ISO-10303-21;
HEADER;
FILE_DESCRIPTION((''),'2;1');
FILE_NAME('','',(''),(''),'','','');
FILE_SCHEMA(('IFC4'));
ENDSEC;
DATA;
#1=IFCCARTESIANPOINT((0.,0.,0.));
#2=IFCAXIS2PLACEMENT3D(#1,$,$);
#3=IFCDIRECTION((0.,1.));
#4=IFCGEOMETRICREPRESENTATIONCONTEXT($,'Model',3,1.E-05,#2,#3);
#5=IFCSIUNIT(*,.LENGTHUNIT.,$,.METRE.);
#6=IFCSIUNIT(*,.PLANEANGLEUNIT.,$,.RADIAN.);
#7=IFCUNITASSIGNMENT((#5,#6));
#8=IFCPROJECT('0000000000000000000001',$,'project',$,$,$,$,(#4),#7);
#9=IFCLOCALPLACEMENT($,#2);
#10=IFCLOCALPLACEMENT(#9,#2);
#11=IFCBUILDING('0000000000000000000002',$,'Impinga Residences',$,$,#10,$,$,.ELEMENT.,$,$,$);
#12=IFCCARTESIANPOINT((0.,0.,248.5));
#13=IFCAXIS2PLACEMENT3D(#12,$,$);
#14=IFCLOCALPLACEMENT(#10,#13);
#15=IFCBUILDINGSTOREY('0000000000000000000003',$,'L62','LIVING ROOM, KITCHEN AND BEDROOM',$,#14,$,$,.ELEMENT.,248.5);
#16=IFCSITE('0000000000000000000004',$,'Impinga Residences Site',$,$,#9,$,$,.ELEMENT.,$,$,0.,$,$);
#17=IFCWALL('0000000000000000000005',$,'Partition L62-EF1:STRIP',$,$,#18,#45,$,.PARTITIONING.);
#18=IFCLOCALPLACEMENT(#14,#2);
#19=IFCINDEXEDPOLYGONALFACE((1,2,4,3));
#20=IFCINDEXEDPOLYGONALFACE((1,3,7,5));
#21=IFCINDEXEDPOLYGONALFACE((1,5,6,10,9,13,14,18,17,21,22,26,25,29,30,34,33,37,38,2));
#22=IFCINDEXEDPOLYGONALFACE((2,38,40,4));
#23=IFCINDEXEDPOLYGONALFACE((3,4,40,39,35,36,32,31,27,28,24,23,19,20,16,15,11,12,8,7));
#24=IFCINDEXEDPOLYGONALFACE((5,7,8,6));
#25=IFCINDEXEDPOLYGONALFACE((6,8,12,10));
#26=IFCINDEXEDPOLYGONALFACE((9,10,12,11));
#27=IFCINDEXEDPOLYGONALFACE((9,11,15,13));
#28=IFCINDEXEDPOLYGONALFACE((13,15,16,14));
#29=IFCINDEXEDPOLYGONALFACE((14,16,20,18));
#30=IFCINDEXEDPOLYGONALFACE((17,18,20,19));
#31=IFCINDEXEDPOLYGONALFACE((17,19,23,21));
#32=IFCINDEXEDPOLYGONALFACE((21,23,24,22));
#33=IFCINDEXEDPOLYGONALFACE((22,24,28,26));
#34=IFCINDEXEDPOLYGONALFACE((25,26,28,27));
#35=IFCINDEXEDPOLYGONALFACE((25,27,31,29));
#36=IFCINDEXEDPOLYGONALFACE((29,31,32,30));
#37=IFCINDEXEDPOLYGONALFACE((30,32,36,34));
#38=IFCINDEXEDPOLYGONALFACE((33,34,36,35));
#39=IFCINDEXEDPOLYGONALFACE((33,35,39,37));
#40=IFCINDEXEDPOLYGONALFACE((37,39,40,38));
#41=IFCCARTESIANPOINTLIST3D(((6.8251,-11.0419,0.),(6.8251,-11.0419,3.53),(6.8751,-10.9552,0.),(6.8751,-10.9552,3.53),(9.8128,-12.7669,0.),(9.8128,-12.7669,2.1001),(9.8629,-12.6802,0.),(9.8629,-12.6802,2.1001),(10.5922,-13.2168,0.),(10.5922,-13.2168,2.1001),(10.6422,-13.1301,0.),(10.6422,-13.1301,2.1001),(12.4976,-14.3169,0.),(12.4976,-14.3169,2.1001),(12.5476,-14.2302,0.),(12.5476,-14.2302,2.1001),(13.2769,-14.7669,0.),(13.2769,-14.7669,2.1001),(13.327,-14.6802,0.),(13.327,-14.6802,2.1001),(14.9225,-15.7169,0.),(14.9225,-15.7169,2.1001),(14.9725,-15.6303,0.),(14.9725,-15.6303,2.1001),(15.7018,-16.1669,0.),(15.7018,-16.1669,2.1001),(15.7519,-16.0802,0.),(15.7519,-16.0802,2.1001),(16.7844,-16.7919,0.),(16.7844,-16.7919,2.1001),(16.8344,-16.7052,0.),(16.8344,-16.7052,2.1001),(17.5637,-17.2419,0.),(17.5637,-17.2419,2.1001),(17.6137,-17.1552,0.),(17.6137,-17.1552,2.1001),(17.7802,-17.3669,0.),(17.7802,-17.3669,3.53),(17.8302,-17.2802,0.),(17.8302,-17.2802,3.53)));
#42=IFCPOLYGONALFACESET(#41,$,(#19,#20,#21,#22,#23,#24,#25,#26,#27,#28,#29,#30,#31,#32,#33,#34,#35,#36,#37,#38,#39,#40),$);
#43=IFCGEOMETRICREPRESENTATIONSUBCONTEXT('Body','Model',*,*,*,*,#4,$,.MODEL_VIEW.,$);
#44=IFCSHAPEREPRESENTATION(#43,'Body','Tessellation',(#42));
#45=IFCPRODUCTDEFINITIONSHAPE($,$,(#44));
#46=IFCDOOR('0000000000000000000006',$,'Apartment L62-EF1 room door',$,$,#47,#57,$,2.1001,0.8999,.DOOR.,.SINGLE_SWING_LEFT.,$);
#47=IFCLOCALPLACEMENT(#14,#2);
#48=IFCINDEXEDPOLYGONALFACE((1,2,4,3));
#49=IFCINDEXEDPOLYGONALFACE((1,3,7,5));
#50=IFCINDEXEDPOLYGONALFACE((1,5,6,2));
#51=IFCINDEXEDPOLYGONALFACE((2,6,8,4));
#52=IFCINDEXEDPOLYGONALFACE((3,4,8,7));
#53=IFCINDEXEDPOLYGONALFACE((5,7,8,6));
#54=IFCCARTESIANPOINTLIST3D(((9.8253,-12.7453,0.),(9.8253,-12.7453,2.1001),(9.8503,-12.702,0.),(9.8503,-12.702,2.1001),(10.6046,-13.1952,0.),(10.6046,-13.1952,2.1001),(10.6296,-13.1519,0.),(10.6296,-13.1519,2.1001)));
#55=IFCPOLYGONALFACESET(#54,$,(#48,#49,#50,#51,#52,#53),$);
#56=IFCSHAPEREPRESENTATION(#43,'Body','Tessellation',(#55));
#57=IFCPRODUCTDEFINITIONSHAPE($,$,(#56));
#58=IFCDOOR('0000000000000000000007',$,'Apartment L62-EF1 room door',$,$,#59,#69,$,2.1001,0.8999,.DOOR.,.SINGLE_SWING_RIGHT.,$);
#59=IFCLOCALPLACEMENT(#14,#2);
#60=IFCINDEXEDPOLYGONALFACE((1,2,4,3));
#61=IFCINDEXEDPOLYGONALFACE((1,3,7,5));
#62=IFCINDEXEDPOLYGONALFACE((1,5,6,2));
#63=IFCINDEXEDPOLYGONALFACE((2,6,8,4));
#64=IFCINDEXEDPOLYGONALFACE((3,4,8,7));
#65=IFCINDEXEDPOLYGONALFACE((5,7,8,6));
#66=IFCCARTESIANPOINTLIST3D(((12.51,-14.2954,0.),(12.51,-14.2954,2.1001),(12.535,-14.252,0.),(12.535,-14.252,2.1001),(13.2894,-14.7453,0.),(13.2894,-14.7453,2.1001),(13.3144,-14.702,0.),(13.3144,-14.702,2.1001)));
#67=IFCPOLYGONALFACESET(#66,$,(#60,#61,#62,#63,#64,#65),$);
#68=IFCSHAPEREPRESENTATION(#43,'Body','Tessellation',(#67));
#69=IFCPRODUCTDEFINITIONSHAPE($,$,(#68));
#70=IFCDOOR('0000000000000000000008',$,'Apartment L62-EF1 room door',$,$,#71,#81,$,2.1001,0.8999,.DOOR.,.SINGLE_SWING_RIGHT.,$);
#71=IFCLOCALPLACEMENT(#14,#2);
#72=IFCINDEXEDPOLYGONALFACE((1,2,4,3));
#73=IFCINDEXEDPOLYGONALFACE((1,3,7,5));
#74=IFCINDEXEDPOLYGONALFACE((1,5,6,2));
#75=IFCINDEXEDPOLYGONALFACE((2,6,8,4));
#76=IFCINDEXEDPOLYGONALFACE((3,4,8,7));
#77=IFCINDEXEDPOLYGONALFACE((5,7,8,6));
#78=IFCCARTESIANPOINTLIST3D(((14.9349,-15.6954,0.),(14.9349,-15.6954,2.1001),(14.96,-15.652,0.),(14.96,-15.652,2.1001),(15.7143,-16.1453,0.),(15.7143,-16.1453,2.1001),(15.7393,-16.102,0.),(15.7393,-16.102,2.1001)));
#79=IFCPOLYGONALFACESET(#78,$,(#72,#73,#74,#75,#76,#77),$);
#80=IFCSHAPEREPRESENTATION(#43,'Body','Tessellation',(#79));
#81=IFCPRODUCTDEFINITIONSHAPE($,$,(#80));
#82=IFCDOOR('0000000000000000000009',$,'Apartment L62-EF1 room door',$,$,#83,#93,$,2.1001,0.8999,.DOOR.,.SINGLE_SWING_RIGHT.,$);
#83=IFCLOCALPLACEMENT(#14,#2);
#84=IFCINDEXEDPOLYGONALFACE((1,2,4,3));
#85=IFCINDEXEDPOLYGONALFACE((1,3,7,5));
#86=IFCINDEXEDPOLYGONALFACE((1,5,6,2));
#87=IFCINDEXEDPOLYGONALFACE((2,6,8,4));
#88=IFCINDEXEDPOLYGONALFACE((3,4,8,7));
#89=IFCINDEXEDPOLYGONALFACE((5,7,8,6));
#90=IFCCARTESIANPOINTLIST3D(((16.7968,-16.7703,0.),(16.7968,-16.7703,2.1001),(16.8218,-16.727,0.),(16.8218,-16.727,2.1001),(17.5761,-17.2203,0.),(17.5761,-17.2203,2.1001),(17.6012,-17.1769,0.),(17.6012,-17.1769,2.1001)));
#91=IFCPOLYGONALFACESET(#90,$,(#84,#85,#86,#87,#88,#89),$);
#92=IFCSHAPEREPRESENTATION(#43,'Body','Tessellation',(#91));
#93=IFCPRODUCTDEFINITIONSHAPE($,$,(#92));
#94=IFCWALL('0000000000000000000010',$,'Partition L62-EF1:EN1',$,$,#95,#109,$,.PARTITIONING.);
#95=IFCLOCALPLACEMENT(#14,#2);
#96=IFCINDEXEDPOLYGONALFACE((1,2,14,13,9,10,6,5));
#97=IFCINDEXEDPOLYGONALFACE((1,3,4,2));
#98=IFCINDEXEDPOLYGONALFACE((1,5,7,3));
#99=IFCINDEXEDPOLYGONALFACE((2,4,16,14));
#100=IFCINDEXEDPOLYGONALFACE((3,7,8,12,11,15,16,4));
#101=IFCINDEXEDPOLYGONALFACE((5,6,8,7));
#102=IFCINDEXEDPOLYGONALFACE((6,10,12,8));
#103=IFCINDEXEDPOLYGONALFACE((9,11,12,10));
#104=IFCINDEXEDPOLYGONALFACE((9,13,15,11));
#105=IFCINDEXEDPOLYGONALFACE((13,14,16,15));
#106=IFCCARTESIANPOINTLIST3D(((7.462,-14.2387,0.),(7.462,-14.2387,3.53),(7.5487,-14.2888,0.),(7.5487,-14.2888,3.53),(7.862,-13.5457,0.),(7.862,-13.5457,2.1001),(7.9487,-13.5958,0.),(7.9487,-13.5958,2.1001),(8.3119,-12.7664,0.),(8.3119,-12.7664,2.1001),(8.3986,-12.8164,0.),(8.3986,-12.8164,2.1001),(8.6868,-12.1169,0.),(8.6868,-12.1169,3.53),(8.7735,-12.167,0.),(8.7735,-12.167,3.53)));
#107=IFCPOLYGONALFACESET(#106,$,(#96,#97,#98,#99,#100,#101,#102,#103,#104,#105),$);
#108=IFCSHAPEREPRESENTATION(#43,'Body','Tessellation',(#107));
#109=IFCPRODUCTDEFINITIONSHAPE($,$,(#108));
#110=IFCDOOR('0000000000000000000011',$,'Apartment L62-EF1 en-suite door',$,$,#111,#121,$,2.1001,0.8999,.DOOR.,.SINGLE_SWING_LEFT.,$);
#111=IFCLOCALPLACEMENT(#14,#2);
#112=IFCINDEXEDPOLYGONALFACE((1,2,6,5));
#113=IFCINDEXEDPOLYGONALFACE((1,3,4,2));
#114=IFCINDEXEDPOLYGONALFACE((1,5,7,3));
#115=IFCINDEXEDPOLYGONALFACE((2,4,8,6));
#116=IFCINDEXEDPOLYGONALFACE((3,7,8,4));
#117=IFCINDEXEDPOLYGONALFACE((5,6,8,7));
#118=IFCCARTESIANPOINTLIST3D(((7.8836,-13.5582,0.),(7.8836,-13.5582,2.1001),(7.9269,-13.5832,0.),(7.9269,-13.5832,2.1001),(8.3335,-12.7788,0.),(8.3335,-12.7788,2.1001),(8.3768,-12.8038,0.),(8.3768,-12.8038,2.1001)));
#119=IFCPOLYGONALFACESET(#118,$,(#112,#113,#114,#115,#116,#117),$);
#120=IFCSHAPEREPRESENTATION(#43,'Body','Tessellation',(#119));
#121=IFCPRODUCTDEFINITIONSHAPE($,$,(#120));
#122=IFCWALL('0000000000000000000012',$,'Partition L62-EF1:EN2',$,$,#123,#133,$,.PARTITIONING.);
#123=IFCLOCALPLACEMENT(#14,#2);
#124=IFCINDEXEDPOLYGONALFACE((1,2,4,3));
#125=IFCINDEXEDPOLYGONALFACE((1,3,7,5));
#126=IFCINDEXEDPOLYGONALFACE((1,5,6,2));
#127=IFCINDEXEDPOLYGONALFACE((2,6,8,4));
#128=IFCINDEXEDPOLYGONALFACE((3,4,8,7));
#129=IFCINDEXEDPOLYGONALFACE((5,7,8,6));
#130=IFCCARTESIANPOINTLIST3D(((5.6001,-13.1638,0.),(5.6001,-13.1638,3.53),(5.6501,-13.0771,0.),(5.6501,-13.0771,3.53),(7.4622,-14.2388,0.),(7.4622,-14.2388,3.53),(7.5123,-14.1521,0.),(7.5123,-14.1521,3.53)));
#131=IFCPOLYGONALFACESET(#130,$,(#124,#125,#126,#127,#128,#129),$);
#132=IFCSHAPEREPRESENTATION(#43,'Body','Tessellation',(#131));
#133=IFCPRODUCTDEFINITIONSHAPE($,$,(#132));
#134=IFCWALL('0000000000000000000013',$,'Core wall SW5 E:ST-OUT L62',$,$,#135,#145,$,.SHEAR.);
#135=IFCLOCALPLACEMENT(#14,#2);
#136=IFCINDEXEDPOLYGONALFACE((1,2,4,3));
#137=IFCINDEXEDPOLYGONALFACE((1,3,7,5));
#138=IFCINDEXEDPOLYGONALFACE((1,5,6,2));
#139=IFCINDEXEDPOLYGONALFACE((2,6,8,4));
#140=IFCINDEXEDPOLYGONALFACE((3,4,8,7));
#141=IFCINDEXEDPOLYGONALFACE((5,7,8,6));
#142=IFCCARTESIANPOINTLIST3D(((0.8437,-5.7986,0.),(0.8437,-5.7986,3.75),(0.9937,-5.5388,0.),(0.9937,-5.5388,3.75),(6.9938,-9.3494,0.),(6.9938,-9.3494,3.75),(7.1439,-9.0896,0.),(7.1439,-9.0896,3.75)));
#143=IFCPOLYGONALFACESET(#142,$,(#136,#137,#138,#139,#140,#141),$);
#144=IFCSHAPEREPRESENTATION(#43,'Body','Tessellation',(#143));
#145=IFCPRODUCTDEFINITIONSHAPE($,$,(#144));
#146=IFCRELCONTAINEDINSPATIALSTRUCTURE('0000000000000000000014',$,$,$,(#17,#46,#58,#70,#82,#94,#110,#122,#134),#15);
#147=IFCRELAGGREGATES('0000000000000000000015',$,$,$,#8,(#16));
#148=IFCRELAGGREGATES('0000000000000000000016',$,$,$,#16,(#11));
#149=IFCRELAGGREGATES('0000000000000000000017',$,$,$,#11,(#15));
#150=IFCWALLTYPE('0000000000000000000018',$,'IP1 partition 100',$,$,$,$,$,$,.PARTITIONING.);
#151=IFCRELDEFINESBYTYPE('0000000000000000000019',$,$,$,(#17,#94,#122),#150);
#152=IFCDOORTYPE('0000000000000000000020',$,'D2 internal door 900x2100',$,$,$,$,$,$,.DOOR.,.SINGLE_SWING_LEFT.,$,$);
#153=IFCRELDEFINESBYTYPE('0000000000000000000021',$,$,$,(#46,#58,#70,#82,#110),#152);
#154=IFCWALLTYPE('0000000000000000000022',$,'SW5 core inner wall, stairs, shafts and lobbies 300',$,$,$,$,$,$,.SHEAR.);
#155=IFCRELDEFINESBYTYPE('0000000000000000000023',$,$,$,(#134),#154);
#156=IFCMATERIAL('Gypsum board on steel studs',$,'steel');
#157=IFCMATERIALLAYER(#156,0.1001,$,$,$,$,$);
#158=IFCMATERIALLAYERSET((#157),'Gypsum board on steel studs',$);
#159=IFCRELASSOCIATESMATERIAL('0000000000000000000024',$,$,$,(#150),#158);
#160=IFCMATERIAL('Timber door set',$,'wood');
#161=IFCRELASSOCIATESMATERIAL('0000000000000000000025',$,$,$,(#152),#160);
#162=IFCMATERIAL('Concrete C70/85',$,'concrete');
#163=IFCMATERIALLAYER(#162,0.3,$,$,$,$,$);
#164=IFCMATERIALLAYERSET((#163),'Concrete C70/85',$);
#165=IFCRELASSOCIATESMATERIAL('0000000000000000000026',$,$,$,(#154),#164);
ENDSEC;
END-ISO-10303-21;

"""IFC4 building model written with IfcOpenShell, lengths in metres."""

from ifc_helpers import new_model, si_unit, direction, frame, frame_2d, origin, place, context, subcontext, project, spatial, rectangle, extrude, material, layer, layer_set, type_object, element, fill, save


model = new_model("IFC4")

# Units and contexts
model_context = context("Model", 3, precision=1e-05, world=origin(), true_north=direction((0.0, 1.0)))
body_context = subcontext(model_context, "Body", "Model", "MODEL_VIEW")
ifc_project = project(units=[si_unit("LENGTHUNIT", "METRE"), si_unit("PLANEANGLEUNIT", "RADIAN")], contexts=[model_context])

# Site, building, storey
site_placement = place(None, origin())
site = spatial("IfcSite", under=ifc_project, at=site_placement, Name="Impinga Residences Site", CompositionType="ELEMENT", RefElevation=0.0)
building_placement = place(site_placement, origin())
building = spatial("IfcBuilding", under=site, at=building_placement, Name="Impinga Residences", CompositionType="ELEMENT")
storey_placement = place(building_placement, frame((0.0, 0.0, 248.5)))
storey = spatial("IfcBuildingStorey", under=building, at=storey_placement, Name="L62", Description="LIVING ROOM, KITCHEN AND BEDROOM", CompositionType="ELEMENT", Elevation=248.5)

# Shared definitions
ifc_material_1 = material(Name="Timber door set", Category="wood")

# Shared definitions
ifc_material_2 = material(Name="Gypsum board on steel studs", Category="steel")
ifc_layer_1 = layer(ifc_material_2, 0.1001)
ifc_layer_set_1 = layer_set([ifc_layer_1], Name="Gypsum board on steel studs")
wall_type_1 = type_object("IfcWallType", Name="IP1 partition 100", PredefinedType="PARTITIONING", material=ifc_layer_set_1)

# Wall, openings, doors
wall_1_placement = place(storey_placement, frame((6.8501, -10.9985, 0.0), z_axis=(0.0, 0.0, 1.0), x_axis=(0.866024, -0.500002, 0.0)))
wall_1 = element("IfcWall", 1, at=wall_1_placement, inside=storey, type_object=wall_type_1, Name="Partition L62-EF1:STRIP", PredefinedType="PARTITIONING", context=body_context, shape_type="SweptSolid", body=[
    extrude(rectangle(XDim=12.6499, YDim=0.1001, at=frame_2d((6.325, 0.0))), origin(), (0.0, 0.0, 1.0), 3.53),
])
opening_1_placement = place(wall_1_placement, frame((3.45, 0.0, 0.0)))
opening_1 = element("IfcOpeningElement", 2, at=opening_1_placement, cuts=wall_1, PredefinedType="OPENING", context=body_context, shape_type="SweptSolid", body=[
    extrude(rectangle(XDim=0.8999, YDim=2.1001, at=frame_2d((0.45, 1.05))), frame((0.0, 0.0601, 0.0), z_axis=(0.0, -1.0, 0.0), x_axis=(1.0, 0.0, 0.0)), (0.0, 0.0, 1.0), 0.1201),
])
opening_2_placement = place(wall_1_placement, frame((6.55, 0.0, 0.0)))
opening_2 = element("IfcOpeningElement", 3, at=opening_2_placement, cuts=wall_1, PredefinedType="OPENING", context=body_context, shape_type="SweptSolid", body=[
    extrude(rectangle(XDim=0.8999, YDim=2.1001, at=frame_2d((0.45, 1.05))), frame((0.0, 0.0601, 0.0), z_axis=(0.0, -1.0, 0.0), x_axis=(1.0, 0.0, 0.0)), (0.0, 0.0, 1.0), 0.1201),
])
opening_3_placement = place(wall_1_placement, frame((9.3501, 0.0, 0.0)))
opening_3 = element("IfcOpeningElement", 4, at=opening_3_placement, cuts=wall_1, PredefinedType="OPENING", context=body_context, shape_type="SweptSolid", body=[
    extrude(rectangle(XDim=0.8999, YDim=2.1001, at=frame_2d((0.45, 1.05))), frame((0.0, 0.0601, 0.0), z_axis=(0.0, -1.0, 0.0), x_axis=(1.0, 0.0, 0.0)), (0.0, 0.0, 1.0), 0.1201),
])
opening_4_placement = place(wall_1_placement, frame((11.5, 0.0, 0.0)))
opening_4 = element("IfcOpeningElement", 5, at=opening_4_placement, cuts=wall_1, PredefinedType="OPENING", context=body_context, shape_type="SweptSolid", body=[
    extrude(rectangle(XDim=0.8999, YDim=2.1001, at=frame_2d((0.45, 1.05))), frame((0.0, 0.0601, 0.0), z_axis=(0.0, -1.0, 0.0), x_axis=(1.0, 0.0, 0.0)), (0.0, 0.0, 1.0), 0.1201),
])
door_type_1 = type_object("IfcDoorType", Name="D2 internal door 900x2100", OperationType="SINGLE_SWING_LEFT", PredefinedType="DOOR", material=ifc_material_1)
door_1_placement = place(opening_1_placement, origin())
door_1 = element("IfcDoor", 6, at=door_1_placement, inside=storey, type_object=door_type_1, Name="Apartment L62-EF1 room door", OperationType="SINGLE_SWING_LEFT", OverallHeight=2.1001, OverallWidth=0.8999, PredefinedType="DOOR", context=body_context, shape_type="SweptSolid", body=[
    extrude(rectangle(XDim=0.8999, YDim=2.1001, at=frame_2d((0.45, 1.05))), frame((0.0, 0.0249, 0.0), z_axis=(0.0, -1.0, 0.0), x_axis=(1.0, 0.0, 0.0)), (0.0, 0.0, 1.0), 0.05),
])
fill(opening_1, door_1)
door_2_placement = place(opening_2_placement, origin())
door_2 = element("IfcDoor", 7, at=door_2_placement, inside=storey, type_object=door_type_1, Name="Apartment L62-EF1 room door", OperationType="SINGLE_SWING_RIGHT", OverallHeight=2.1001, OverallWidth=0.8999, PredefinedType="DOOR", context=body_context, shape_type="SweptSolid", body=[
    extrude(rectangle(XDim=0.8999, YDim=2.1001, at=frame_2d((0.45, 1.05))), frame((0.0, 0.0249, 0.0), z_axis=(0.0, -1.0, 0.0), x_axis=(1.0, 0.0, 0.0)), (0.0, 0.0, 1.0), 0.05),
])
fill(opening_2, door_2)
door_3_placement = place(opening_3_placement, origin())
door_3 = element("IfcDoor", 8, at=door_3_placement, inside=storey, type_object=door_type_1, Name="Apartment L62-EF1 room door", OperationType="SINGLE_SWING_RIGHT", OverallHeight=2.1001, OverallWidth=0.8999, PredefinedType="DOOR", context=body_context, shape_type="SweptSolid", body=[
    extrude(rectangle(XDim=0.8999, YDim=2.1001, at=frame_2d((0.45, 1.05))), frame((0.0, 0.0249, 0.0), z_axis=(0.0, -1.0, 0.0), x_axis=(1.0, 0.0, 0.0)), (0.0, 0.0, 1.0), 0.05),
])
fill(opening_3, door_3)
door_4_placement = place(opening_4_placement, origin())
door_4 = element("IfcDoor", 9, at=door_4_placement, inside=storey, type_object=door_type_1, Name="Apartment L62-EF1 room door", OperationType="SINGLE_SWING_RIGHT", OverallHeight=2.1001, OverallWidth=0.8999, PredefinedType="DOOR", context=body_context, shape_type="SweptSolid", body=[
    extrude(rectangle(XDim=0.8999, YDim=2.1001, at=frame_2d((0.45, 1.05))), frame((0.0, 0.0249, 0.0), z_axis=(0.0, -1.0, 0.0), x_axis=(1.0, 0.0, 0.0)), (0.0, 0.0, 1.0), 0.05),
])
fill(opening_4, door_4)

# Wall, opening, door
wall_2_placement = place(storey_placement, frame((8.7302, -12.1418, 0.0), z_axis=(0.0, 0.0, 1.0), x_axis=(-0.499944, -0.866058, 0.0)))
wall_2 = element("IfcWall", 10, at=wall_2_placement, inside=storey, type_object=wall_type_1, Name="Partition L62-EF1:EN1", PredefinedType="PARTITIONING", context=body_context, shape_type="SweptSolid", body=[
    extrude(rectangle(XDim=2.45, YDim=0.1001, at=frame_2d((1.2251, 0.0))), origin(), (0.0, 0.0, 1.0), 3.53),
])
opening_5_placement = place(wall_2_placement, frame((0.75, 0.0, 0.0)))
opening_5 = element("IfcOpeningElement", 11, at=opening_5_placement, cuts=wall_2, PredefinedType="OPENING", context=body_context, shape_type="SweptSolid", body=[
    extrude(rectangle(XDim=0.8999, YDim=2.1001, at=frame_2d((0.45, 1.05))), frame((0.0, 0.0601, 0.0), z_axis=(0.0, -1.0, 0.0), x_axis=(1.0, 0.0, 0.0)), (0.0, 0.0, 1.0), 0.1201),
])
door_5_placement = place(opening_5_placement, origin())
door_5 = element("IfcDoor", 12, at=door_5_placement, inside=storey, type_object=door_type_1, Name="Apartment L62-EF1 en-suite door", OperationType="SINGLE_SWING_LEFT", OverallHeight=2.1001, OverallWidth=0.8999, PredefinedType="DOOR", context=body_context, shape_type="SweptSolid", body=[
    extrude(rectangle(XDim=0.8999, YDim=2.1001, at=frame_2d((0.45, 1.05))), frame((0.0, 0.0249, 0.0), z_axis=(0.0, -1.0, 0.0), x_axis=(1.0, 0.0, 0.0)), (0.0, 0.0, 1.0), 0.05),
])
fill(opening_5, door_5)

# Walls
wall_3_placement = place(storey_placement, frame((5.625, -13.1204, 0.0), z_axis=(0.0, 0.0, 1.0), x_axis=(0.866048, -0.499962, 0.0)))
element("IfcWall", 13, at=wall_3_placement, inside=storey, type_object=wall_type_1, Name="Partition L62-EF1:EN2", PredefinedType="PARTITIONING", context=body_context, shape_type="SweptSolid", body=[
    extrude(rectangle(XDim=2.1501, YDim=0.1001, at=frame_2d((1.0752, 0.0))), origin(), (0.0, 0.0, 1.0), 3.53),
])
ifc_material_3 = material(Name="Concrete C70/85", Category="concrete")
ifc_layer_2 = layer(ifc_material_3, 0.3)
ifc_layer_set_2 = layer_set([ifc_layer_2], Name="Concrete C70/85")
wall_type_2 = type_object("IfcWallType", Name="SW5 core inner wall, stairs, shafts and lobbies 300", PredefinedType="SHEAR", material=ifc_layer_set_2)
wall_4_placement = place(storey_placement, frame((0.9187, -5.6687, 0.0), z_axis=(0.0, 0.0, 1.0), x_axis=(0.866026, -0.499999, 0.0)))
element("IfcWall", 14, at=wall_4_placement, inside=storey, type_object=wall_type_2, Name="Core wall SW5 E:ST-OUT L62", PredefinedType="SHEAR", context=body_context, shape_type="SweptSolid", body=[
    extrude(rectangle(XDim=7.1016, YDim=0.3, at=frame_2d((3.5508, 0.0))), origin(), (0.0, 0.0, 1.0), 3.75),
])

save(model, "model.ifc")
